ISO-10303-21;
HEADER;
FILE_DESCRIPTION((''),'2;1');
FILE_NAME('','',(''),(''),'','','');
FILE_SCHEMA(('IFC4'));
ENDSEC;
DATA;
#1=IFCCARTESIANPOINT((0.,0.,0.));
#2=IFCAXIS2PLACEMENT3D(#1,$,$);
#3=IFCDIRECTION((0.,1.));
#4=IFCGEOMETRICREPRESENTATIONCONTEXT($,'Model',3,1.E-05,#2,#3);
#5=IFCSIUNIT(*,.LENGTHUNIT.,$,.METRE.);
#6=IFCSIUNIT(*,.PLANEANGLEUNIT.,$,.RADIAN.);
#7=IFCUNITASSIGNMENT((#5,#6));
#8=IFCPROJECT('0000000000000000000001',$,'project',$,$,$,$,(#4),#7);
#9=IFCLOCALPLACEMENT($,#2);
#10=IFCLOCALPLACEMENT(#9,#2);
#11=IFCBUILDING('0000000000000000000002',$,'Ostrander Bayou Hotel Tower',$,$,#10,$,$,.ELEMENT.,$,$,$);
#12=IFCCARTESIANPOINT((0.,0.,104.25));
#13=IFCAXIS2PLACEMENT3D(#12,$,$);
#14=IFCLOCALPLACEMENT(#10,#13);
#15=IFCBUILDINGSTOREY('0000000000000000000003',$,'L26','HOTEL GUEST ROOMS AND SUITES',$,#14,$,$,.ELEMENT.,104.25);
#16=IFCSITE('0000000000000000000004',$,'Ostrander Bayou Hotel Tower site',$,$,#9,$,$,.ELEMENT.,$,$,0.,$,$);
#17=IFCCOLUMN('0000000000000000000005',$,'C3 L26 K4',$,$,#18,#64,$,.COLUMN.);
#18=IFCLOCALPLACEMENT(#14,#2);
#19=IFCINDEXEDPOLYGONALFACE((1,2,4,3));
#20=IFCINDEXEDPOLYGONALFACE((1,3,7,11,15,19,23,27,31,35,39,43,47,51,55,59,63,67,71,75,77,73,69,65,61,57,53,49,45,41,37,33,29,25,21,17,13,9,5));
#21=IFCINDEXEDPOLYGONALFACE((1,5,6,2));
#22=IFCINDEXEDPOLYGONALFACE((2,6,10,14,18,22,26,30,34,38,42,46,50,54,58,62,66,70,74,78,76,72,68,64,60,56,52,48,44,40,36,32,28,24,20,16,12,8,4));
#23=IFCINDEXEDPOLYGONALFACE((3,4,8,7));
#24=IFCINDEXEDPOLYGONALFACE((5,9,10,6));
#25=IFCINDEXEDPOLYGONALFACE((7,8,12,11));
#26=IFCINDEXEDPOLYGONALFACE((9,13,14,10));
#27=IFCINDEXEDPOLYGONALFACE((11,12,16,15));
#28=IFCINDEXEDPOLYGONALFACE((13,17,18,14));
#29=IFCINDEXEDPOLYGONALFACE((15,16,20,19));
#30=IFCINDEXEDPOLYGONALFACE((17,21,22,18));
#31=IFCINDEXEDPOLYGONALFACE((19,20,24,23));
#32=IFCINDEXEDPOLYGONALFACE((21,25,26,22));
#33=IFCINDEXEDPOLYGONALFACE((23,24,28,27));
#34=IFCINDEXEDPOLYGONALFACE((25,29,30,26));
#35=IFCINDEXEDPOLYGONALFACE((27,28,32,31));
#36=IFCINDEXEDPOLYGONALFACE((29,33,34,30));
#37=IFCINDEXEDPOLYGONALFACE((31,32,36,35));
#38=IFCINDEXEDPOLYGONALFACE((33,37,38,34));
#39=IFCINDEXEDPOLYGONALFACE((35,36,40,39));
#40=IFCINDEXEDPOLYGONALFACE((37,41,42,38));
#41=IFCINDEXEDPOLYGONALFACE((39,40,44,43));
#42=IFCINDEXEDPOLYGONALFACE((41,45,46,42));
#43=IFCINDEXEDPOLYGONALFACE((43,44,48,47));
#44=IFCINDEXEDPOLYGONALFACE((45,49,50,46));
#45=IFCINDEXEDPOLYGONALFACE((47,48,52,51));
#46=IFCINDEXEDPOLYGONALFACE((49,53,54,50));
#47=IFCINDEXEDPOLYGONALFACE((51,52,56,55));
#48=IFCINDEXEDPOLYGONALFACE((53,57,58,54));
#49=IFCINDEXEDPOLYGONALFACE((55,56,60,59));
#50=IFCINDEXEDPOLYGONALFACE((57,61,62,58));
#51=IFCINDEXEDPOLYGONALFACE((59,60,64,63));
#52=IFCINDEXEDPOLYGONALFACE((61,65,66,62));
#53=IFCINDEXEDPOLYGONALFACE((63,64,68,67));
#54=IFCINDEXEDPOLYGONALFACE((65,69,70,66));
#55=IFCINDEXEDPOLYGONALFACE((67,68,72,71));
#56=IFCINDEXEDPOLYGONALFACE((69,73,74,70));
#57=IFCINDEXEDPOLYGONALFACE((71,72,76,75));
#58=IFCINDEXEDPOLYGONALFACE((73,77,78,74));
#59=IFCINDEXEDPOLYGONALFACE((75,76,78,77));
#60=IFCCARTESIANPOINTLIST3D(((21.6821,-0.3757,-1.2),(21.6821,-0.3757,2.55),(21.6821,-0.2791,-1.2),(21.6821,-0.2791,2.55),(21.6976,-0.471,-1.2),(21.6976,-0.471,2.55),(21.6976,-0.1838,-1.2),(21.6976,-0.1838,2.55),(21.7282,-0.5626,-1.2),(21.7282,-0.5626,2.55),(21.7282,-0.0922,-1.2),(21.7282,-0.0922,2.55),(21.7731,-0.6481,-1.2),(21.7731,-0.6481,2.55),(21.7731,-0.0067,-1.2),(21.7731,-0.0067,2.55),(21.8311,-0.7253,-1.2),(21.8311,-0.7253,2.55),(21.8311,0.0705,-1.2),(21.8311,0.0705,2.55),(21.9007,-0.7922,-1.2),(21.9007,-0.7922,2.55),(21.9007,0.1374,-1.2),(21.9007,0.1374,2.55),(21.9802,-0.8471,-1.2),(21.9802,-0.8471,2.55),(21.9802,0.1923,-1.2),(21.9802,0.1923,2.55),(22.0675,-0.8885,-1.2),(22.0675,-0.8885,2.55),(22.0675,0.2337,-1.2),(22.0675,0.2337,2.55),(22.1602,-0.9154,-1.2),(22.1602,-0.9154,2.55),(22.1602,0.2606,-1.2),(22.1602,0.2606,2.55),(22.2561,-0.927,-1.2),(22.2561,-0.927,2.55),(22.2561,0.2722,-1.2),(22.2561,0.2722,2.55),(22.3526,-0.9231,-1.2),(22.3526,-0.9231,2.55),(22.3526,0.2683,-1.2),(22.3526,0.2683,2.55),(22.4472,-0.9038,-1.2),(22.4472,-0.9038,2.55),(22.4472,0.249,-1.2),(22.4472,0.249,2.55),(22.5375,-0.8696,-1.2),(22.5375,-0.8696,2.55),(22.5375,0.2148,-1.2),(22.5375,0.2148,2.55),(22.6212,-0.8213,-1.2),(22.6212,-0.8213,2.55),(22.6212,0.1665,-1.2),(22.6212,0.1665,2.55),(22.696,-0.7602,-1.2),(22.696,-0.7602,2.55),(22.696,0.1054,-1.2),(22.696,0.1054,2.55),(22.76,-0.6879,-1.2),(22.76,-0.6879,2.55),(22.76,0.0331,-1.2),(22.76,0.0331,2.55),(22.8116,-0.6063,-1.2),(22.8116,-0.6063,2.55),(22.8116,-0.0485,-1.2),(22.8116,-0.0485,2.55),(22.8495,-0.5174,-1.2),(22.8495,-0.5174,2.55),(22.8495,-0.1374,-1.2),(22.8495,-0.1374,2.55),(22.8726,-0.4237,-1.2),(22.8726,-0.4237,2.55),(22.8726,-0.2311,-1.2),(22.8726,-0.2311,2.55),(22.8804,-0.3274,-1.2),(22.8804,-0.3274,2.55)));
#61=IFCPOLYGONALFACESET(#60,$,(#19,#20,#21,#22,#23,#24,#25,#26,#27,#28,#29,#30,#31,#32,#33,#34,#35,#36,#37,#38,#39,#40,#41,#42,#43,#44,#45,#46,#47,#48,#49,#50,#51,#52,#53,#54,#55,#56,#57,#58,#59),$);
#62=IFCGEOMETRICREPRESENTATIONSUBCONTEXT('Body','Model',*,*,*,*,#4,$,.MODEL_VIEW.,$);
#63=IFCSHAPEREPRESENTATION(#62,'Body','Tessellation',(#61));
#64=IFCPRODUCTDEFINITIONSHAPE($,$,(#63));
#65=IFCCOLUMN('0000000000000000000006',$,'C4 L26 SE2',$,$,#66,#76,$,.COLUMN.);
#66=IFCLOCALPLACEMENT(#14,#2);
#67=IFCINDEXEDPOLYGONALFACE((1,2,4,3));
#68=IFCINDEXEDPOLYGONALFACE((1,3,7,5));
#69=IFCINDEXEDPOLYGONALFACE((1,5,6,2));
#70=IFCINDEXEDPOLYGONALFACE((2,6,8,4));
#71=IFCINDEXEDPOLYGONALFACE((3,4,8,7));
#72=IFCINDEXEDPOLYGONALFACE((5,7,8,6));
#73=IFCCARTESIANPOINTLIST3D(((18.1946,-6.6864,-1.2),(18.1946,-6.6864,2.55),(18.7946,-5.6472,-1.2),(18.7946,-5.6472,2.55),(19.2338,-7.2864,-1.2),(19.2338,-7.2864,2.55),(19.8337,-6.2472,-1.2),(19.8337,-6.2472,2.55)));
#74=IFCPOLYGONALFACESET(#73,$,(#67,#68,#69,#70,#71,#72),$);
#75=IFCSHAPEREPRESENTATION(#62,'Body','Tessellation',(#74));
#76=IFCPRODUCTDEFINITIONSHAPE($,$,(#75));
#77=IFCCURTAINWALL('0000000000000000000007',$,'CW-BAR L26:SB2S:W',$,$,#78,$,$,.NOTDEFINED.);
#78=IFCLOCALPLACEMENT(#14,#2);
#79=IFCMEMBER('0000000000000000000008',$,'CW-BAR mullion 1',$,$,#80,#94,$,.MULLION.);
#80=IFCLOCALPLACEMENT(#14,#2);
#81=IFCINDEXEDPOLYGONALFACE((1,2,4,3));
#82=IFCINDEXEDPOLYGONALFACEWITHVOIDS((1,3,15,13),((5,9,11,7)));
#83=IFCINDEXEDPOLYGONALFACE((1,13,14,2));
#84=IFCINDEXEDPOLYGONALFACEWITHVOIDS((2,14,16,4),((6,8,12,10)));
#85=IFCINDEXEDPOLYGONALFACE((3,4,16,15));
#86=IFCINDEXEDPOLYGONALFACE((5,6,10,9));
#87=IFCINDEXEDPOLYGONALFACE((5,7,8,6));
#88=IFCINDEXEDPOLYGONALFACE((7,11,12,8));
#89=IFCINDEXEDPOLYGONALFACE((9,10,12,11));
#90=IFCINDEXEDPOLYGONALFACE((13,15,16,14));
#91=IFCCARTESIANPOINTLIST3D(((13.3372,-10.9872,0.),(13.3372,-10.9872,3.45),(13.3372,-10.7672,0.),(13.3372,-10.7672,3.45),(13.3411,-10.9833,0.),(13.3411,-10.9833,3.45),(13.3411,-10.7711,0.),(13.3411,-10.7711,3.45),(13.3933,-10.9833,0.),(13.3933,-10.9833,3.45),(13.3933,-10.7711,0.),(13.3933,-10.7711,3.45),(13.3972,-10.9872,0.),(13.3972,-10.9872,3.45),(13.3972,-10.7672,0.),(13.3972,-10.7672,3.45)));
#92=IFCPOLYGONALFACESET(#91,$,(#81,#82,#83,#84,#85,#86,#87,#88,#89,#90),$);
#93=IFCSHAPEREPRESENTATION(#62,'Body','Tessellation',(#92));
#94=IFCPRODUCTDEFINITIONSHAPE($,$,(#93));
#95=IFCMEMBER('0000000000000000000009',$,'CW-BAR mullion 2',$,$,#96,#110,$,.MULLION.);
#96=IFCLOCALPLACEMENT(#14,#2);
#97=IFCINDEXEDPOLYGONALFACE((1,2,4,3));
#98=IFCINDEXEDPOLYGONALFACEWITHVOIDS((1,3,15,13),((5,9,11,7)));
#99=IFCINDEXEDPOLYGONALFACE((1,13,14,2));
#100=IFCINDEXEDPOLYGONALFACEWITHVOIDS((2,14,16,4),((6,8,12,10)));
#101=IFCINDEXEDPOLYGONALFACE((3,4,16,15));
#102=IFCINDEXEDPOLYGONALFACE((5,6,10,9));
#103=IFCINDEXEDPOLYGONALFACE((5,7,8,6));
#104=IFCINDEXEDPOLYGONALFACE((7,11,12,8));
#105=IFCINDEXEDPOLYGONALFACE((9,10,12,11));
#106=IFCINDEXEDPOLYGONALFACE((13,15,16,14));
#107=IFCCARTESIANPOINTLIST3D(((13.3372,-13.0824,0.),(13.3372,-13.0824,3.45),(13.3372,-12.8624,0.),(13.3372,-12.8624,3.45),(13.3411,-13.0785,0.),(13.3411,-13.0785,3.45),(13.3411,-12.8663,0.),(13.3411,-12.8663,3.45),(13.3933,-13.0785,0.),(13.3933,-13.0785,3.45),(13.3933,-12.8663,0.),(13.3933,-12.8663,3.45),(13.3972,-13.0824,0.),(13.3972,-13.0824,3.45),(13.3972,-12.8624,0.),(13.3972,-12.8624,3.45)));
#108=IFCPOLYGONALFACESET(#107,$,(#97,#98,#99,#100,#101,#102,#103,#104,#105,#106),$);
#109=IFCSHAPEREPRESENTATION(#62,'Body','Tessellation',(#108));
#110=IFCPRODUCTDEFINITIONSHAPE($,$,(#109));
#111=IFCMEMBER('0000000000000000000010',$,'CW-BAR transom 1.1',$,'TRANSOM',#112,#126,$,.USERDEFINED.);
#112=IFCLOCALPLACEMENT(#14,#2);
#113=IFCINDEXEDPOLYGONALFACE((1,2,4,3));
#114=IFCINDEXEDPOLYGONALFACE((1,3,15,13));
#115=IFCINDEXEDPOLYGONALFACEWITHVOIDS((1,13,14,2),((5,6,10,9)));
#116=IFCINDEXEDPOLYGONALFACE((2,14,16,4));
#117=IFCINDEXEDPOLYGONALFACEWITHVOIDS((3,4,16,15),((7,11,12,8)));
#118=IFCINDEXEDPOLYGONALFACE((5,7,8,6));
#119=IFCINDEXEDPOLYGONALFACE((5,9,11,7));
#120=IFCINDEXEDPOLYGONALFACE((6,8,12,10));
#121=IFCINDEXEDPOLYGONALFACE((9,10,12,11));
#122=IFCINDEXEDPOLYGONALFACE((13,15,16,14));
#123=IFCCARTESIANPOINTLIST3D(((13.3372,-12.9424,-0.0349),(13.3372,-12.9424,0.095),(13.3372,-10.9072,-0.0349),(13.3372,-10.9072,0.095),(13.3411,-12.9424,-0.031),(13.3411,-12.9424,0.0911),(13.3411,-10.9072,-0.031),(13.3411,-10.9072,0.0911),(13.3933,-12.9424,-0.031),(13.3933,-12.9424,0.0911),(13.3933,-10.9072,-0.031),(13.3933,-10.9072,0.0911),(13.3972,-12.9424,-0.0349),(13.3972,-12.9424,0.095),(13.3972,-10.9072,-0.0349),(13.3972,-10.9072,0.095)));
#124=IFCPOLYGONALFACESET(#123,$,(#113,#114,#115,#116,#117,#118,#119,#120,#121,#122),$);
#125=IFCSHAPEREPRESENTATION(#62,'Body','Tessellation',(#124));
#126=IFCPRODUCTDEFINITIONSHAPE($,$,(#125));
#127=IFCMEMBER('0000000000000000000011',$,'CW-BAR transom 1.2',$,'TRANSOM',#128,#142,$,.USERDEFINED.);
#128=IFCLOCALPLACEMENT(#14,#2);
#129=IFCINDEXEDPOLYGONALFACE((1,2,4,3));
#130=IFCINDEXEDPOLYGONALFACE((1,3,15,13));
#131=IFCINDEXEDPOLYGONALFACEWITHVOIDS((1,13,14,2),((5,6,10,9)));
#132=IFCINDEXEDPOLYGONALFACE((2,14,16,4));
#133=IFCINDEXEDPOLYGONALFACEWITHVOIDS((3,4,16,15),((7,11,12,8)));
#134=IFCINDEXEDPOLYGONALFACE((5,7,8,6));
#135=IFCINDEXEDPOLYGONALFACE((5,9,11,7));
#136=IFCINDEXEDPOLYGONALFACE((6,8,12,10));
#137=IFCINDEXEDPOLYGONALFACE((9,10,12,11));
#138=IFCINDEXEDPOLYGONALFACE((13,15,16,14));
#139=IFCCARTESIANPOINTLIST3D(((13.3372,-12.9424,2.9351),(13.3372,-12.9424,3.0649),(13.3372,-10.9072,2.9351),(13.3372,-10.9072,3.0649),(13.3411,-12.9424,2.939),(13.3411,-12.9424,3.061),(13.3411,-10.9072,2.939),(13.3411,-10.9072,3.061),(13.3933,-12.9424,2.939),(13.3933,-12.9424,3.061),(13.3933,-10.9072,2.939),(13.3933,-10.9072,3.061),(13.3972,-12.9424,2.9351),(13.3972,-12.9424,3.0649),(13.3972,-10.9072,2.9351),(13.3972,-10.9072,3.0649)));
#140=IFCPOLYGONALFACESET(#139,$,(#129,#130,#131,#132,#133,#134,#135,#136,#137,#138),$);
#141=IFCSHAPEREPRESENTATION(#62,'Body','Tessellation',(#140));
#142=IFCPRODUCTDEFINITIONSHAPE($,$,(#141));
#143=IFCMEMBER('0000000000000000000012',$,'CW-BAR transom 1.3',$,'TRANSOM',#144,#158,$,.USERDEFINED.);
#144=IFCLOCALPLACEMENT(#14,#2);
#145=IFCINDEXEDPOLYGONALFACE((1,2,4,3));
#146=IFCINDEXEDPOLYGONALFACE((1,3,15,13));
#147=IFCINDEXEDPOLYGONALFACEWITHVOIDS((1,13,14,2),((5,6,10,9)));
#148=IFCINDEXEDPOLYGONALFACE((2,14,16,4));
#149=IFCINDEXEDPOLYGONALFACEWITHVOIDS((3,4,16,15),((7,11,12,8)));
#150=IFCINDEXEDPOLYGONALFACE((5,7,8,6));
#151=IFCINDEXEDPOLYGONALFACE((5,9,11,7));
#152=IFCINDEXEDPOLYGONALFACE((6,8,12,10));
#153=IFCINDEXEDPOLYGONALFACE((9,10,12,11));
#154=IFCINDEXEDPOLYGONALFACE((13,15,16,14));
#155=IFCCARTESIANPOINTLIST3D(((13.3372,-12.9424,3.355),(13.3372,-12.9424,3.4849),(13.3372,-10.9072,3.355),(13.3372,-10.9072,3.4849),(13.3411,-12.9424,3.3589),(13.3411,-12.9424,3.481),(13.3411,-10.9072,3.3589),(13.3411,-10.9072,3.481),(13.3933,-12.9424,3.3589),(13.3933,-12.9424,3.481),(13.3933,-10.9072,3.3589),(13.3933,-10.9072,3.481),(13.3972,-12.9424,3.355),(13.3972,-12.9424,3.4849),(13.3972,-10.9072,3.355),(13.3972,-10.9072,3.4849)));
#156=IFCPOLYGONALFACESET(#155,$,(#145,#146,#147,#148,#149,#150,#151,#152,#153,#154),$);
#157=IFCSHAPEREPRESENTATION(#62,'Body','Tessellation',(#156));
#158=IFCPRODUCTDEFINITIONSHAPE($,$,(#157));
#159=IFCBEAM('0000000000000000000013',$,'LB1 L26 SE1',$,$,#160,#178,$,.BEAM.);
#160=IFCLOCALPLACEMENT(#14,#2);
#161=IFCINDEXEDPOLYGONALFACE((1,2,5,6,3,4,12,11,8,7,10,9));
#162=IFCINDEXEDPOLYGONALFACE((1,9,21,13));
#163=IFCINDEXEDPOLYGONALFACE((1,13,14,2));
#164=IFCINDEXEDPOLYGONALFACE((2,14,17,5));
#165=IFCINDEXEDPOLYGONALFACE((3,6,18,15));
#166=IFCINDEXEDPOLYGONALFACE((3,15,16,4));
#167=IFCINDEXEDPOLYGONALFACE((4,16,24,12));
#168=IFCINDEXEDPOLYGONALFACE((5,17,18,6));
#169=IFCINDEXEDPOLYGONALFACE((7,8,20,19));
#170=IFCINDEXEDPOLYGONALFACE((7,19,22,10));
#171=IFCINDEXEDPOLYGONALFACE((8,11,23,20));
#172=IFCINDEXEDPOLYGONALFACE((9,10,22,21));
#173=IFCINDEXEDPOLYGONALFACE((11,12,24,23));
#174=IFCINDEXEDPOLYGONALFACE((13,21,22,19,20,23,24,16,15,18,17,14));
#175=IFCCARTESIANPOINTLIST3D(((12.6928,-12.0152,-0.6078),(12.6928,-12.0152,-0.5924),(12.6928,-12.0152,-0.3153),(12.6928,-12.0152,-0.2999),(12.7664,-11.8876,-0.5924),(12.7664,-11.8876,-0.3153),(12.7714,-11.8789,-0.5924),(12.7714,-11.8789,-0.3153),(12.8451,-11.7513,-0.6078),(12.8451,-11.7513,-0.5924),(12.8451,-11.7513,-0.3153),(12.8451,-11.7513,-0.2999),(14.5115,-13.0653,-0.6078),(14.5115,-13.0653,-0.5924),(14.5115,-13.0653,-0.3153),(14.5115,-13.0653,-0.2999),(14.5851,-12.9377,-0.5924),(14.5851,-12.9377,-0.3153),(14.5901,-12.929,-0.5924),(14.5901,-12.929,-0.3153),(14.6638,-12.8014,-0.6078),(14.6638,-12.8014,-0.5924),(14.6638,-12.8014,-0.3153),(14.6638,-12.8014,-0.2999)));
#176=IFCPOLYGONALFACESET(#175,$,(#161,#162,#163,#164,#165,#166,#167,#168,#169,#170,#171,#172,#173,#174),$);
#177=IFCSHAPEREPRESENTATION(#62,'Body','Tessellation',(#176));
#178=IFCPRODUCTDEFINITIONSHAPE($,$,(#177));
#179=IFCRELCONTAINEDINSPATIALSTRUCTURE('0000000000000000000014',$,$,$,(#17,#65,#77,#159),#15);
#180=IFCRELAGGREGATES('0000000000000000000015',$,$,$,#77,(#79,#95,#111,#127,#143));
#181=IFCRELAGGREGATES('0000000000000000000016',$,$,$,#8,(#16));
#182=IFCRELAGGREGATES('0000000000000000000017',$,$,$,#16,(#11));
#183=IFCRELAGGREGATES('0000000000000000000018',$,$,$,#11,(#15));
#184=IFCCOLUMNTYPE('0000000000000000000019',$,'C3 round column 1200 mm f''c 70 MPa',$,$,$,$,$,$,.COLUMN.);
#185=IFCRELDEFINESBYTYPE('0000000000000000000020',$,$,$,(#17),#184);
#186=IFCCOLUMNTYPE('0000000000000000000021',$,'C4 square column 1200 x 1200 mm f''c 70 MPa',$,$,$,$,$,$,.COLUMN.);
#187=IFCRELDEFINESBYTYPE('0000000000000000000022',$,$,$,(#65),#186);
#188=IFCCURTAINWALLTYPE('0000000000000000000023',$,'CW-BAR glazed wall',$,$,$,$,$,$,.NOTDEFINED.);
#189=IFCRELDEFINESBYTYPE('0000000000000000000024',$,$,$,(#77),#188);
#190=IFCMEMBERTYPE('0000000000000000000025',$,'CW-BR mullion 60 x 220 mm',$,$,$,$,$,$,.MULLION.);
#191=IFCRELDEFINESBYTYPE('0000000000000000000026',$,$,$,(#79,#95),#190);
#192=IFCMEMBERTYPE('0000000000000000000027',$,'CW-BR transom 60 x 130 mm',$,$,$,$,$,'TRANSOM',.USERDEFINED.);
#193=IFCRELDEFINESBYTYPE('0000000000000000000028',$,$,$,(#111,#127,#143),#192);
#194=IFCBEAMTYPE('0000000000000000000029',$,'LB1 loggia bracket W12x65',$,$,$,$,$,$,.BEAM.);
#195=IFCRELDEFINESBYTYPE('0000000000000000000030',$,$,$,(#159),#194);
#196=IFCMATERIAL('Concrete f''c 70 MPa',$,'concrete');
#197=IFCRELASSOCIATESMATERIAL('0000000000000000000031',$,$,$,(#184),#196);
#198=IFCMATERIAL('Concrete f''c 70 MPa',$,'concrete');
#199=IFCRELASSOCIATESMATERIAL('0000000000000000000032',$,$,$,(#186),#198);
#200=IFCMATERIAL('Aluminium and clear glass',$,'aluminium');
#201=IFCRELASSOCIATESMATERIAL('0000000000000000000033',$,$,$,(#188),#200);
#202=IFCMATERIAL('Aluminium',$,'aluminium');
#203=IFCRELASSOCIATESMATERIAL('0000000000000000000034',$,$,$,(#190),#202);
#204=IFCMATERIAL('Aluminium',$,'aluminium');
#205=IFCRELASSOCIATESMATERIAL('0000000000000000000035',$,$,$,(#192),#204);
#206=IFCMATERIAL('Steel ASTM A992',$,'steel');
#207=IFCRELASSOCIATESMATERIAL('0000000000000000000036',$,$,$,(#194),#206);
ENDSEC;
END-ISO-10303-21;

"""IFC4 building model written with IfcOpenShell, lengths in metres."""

from ifc_helpers import new_model, si_unit, direction, frame, origin, origin_2d, place, context, subcontext, project, spatial, rectangle, hollow_rectangle, circle, i_section, extrude, material, material_profile, profile_set, type_object, element, aggregate, save


model = new_model("IFC4")

# Units and contexts
model_context = context("Model", 3, precision=1e-05, world=origin(), true_north=direction((0.0, 1.0)))
body_context = subcontext(model_context, "Body", "Model", "MODEL_VIEW")
ifc_project = project(units=[si_unit("LENGTHUNIT", "METRE"), si_unit("PLANEANGLEUNIT", "RADIAN")], contexts=[model_context])

# Site, building, storey
site_placement = place(None, origin())
site = spatial("IfcSite", under=ifc_project, at=site_placement, Name="Ostrander Bayou Hotel Tower site", CompositionType="ELEMENT", RefElevation=0.0)
building_placement = place(site_placement, origin())
building = spatial("IfcBuilding", under=site, at=building_placement, Name="Ostrander Bayou Hotel Tower", CompositionType="ELEMENT")
storey_placement = place(building_placement, frame((0.0, 0.0, 104.25)))
storey = spatial("IfcBuildingStorey", under=building, at=storey_placement, Name="L26", Description="HOTEL GUEST ROOMS AND SUITES", CompositionType="ELEMENT", Elevation=104.25)

# Columns
ifc_material_1 = material(Name="Concrete f'c 70 MPa", Category="concrete")
ifc_material_profile_1 = material_profile(ifc_material_1, circle(Radius=0.6001, at=origin_2d()))
ifc_profile_set_1 = profile_set([ifc_material_profile_1], Name="Concrete f'c 70 MPa")
column_type_1 = type_object("IfcColumnType", Name="C3 round column 1200 mm f'c 70 MPa", PredefinedType="COLUMN", material=ifc_profile_set_1)
column_1_placement = place(storey_placement, frame((22.2803, -0.3274, -1.2), z_axis=(0.0, 0.0, 1.0), x_axis=(1.0, 0.0, 0.0)))
element("IfcColumn", 1, at=column_1_placement, inside=storey, type_object=column_type_1, Name="C3 L26 K4", PredefinedType="COLUMN", context=body_context, shape_type="SweptSolid", body=[
    extrude(circle(Radius=0.6001, at=origin_2d()), origin(), (0.0, 0.0, 1.0), 3.75),
])
ifc_material_2 = material(Name="Concrete f'c 70 MPa", Category="concrete")
ifc_material_profile_2 = material_profile(ifc_material_2, rectangle(XDim=1.2, YDim=1.2, at=origin_2d()))
ifc_profile_set_2 = profile_set([ifc_material_profile_2], Name="Concrete f'c 70 MPa")
column_type_2 = type_object("IfcColumnType", Name="C4 square column 1200 x 1200 mm f'c 70 MPa", PredefinedType="COLUMN", material=ifc_profile_set_2)
column_2_placement = place(storey_placement, frame((19.0142, -6.4668, -1.2), z_axis=(0.0, 0.0, 1.0), x_axis=(-0.5, -0.866025, 0.0)))
element("IfcColumn", 2, at=column_2_placement, inside=storey, type_object=column_type_2, Name="C4 L26 SE2", PredefinedType="COLUMN", context=body_context, shape_type="SweptSolid", body=[
    extrude(rectangle(XDim=1.2, YDim=1.2, at=origin_2d()), origin(), (0.0, 0.0, 1.0), 3.75),
])

# Curtain wall, members
ifc_material_3 = material(Name="Aluminium and clear glass", Category="aluminium")
curtain_wall_type = type_object("IfcCurtainWallType", Name="CW-BAR glazed wall", PredefinedType="NOTDEFINED", material=ifc_material_3)
curtain_wall_placement = place(storey_placement, origin())
curtain_wall = element("IfcCurtainWall", 3, at=curtain_wall_placement, inside=storey, type_object=curtain_wall_type, Name="CW-BAR L26:SB2S:W", PredefinedType="NOTDEFINED")
ifc_material_4 = material(Name="Aluminium", Category="aluminium")
ifc_material_profile_3 = material_profile(ifc_material_4, hollow_rectangle(XDim=0.0601, YDim=0.22, WallThickness=0.0039, at=origin_2d()))
ifc_profile_set_3 = profile_set([ifc_material_profile_3], Name="Aluminium")
member_type_1 = type_object("IfcMemberType", Name="CW-BR mullion 60 x 220 mm", PredefinedType="MULLION", material=ifc_profile_set_3)
member_1_placement = place(storey_placement, frame((13.3672, -10.8772, 0.0), z_axis=(0.0, 0.0, 1.0), x_axis=(1.0, 0.0, 0.0)))
member_1 = element("IfcMember", 4, at=member_1_placement, type_object=member_type_1, Name="CW-BAR mullion 1", PredefinedType="MULLION", context=body_context, shape_type="SweptSolid", body=[
    extrude(hollow_rectangle(XDim=0.0601, YDim=0.22, WallThickness=0.0039, at=origin_2d()), origin(), (0.0, 0.0, 1.0), 3.45),
])
member_2_placement = place(storey_placement, frame((13.3672, -12.9724, 0.0), z_axis=(0.0, 0.0, 1.0), x_axis=(1.0, 0.0, 0.0)))
member_2 = element("IfcMember", 5, at=member_2_placement, type_object=member_type_1, Name="CW-BAR mullion 2", PredefinedType="MULLION", context=body_context, shape_type="SweptSolid", body=[
    extrude(hollow_rectangle(XDim=0.0601, YDim=0.22, WallThickness=0.0039, at=origin_2d()), origin(), (0.0, 0.0, 1.0), 3.45),
])
ifc_material_5 = material(Name="Aluminium", Category="aluminium")
ifc_material_profile_4 = material_profile(ifc_material_5, hollow_rectangle(XDim=0.0601, YDim=0.1299, WallThickness=0.0039, at=origin_2d()))
ifc_profile_set_4 = profile_set([ifc_material_profile_4], Name="Aluminium")
member_type_2 = type_object("IfcMemberType", Name="CW-BR transom 60 x 130 mm", ElementType="TRANSOM", PredefinedType="USERDEFINED", material=ifc_profile_set_4)
member_3_placement = place(storey_placement, frame((13.3672, -10.9072, 0.03), z_axis=(0.0, -1.0, 0.0), x_axis=(1.0, 0.0, 0.0)))
member_3 = element("IfcMember", 6, at=member_3_placement, type_object=member_type_2, Name="CW-BAR transom 1.1", ObjectType="TRANSOM", PredefinedType="USERDEFINED", context=body_context, shape_type="SweptSolid", body=[
    extrude(hollow_rectangle(XDim=0.0601, YDim=0.1299, WallThickness=0.0039, at=origin_2d()), origin(), (0.0, 0.0, 1.0), 2.0352),
])
member_4_placement = place(storey_placement, frame((13.3672, -10.9072, 3.0), z_axis=(0.0, -1.0, 0.0), x_axis=(1.0, 0.0, 0.0)))
member_4 = element("IfcMember", 7, at=member_4_placement, type_object=member_type_2, Name="CW-BAR transom 1.2", ObjectType="TRANSOM", PredefinedType="USERDEFINED", context=body_context, shape_type="SweptSolid", body=[
    extrude(hollow_rectangle(XDim=0.0601, YDim=0.1299, WallThickness=0.0039, at=origin_2d()), origin(), (0.0, 0.0, 1.0), 2.0352),
])
member_5_placement = place(storey_placement, frame((13.3672, -10.9072, 3.4199), z_axis=(0.0, -1.0, 0.0), x_axis=(1.0, 0.0, 0.0)))
member_5 = element("IfcMember", 8, at=member_5_placement, type_object=member_type_2, Name="CW-BAR transom 1.3", ObjectType="TRANSOM", PredefinedType="USERDEFINED", context=body_context, shape_type="SweptSolid", body=[
    extrude(hollow_rectangle(XDim=0.0601, YDim=0.1299, WallThickness=0.0039, at=origin_2d()), origin(), (0.0, 0.0, 1.0), 2.0352),
])

# Beam
ifc_material_6 = material(Name="Steel ASTM A992", Category="steel")
ifc_material_profile_5 = material_profile(ifc_material_6, i_section(OverallWidth=0.3047, OverallDepth=0.3079, WebThickness=0.01, FlangeThickness=0.0154, at=origin_2d()))
ifc_profile_set_5 = profile_set([ifc_material_profile_5], Name="Steel ASTM A992")
beam_type_1 = type_object("IfcBeamType", Name="LB1 loggia bracket W12x65", PredefinedType="BEAM", material=ifc_profile_set_5)
for number, where, z_axis, x_axis, name in (
    (9, (14.5876, -12.9333, -0.4539), (-0.866009, 0.500028, 0.0), (-0.500028, -0.866009, 0.0), "LB1 L26 SE1"),
):
    element("IfcBeam", number, at=place(storey_placement, frame(where, z_axis=z_axis, x_axis=x_axis)), inside=storey, type_object=beam_type_1, Name=name, PredefinedType="BEAM", context=body_context, shape_type="SweptSolid", body=[
        extrude(i_section(OverallWidth=0.3047, OverallDepth=0.3079, WebThickness=0.01, FlangeThickness=0.0154, at=origin_2d()), origin(), (0.0, 0.0, 1.0), 2.1001),
    ])

aggregate(curtain_wall, [member_1, member_2, member_3, member_4, member_5])

save(model, "model.ifc")
